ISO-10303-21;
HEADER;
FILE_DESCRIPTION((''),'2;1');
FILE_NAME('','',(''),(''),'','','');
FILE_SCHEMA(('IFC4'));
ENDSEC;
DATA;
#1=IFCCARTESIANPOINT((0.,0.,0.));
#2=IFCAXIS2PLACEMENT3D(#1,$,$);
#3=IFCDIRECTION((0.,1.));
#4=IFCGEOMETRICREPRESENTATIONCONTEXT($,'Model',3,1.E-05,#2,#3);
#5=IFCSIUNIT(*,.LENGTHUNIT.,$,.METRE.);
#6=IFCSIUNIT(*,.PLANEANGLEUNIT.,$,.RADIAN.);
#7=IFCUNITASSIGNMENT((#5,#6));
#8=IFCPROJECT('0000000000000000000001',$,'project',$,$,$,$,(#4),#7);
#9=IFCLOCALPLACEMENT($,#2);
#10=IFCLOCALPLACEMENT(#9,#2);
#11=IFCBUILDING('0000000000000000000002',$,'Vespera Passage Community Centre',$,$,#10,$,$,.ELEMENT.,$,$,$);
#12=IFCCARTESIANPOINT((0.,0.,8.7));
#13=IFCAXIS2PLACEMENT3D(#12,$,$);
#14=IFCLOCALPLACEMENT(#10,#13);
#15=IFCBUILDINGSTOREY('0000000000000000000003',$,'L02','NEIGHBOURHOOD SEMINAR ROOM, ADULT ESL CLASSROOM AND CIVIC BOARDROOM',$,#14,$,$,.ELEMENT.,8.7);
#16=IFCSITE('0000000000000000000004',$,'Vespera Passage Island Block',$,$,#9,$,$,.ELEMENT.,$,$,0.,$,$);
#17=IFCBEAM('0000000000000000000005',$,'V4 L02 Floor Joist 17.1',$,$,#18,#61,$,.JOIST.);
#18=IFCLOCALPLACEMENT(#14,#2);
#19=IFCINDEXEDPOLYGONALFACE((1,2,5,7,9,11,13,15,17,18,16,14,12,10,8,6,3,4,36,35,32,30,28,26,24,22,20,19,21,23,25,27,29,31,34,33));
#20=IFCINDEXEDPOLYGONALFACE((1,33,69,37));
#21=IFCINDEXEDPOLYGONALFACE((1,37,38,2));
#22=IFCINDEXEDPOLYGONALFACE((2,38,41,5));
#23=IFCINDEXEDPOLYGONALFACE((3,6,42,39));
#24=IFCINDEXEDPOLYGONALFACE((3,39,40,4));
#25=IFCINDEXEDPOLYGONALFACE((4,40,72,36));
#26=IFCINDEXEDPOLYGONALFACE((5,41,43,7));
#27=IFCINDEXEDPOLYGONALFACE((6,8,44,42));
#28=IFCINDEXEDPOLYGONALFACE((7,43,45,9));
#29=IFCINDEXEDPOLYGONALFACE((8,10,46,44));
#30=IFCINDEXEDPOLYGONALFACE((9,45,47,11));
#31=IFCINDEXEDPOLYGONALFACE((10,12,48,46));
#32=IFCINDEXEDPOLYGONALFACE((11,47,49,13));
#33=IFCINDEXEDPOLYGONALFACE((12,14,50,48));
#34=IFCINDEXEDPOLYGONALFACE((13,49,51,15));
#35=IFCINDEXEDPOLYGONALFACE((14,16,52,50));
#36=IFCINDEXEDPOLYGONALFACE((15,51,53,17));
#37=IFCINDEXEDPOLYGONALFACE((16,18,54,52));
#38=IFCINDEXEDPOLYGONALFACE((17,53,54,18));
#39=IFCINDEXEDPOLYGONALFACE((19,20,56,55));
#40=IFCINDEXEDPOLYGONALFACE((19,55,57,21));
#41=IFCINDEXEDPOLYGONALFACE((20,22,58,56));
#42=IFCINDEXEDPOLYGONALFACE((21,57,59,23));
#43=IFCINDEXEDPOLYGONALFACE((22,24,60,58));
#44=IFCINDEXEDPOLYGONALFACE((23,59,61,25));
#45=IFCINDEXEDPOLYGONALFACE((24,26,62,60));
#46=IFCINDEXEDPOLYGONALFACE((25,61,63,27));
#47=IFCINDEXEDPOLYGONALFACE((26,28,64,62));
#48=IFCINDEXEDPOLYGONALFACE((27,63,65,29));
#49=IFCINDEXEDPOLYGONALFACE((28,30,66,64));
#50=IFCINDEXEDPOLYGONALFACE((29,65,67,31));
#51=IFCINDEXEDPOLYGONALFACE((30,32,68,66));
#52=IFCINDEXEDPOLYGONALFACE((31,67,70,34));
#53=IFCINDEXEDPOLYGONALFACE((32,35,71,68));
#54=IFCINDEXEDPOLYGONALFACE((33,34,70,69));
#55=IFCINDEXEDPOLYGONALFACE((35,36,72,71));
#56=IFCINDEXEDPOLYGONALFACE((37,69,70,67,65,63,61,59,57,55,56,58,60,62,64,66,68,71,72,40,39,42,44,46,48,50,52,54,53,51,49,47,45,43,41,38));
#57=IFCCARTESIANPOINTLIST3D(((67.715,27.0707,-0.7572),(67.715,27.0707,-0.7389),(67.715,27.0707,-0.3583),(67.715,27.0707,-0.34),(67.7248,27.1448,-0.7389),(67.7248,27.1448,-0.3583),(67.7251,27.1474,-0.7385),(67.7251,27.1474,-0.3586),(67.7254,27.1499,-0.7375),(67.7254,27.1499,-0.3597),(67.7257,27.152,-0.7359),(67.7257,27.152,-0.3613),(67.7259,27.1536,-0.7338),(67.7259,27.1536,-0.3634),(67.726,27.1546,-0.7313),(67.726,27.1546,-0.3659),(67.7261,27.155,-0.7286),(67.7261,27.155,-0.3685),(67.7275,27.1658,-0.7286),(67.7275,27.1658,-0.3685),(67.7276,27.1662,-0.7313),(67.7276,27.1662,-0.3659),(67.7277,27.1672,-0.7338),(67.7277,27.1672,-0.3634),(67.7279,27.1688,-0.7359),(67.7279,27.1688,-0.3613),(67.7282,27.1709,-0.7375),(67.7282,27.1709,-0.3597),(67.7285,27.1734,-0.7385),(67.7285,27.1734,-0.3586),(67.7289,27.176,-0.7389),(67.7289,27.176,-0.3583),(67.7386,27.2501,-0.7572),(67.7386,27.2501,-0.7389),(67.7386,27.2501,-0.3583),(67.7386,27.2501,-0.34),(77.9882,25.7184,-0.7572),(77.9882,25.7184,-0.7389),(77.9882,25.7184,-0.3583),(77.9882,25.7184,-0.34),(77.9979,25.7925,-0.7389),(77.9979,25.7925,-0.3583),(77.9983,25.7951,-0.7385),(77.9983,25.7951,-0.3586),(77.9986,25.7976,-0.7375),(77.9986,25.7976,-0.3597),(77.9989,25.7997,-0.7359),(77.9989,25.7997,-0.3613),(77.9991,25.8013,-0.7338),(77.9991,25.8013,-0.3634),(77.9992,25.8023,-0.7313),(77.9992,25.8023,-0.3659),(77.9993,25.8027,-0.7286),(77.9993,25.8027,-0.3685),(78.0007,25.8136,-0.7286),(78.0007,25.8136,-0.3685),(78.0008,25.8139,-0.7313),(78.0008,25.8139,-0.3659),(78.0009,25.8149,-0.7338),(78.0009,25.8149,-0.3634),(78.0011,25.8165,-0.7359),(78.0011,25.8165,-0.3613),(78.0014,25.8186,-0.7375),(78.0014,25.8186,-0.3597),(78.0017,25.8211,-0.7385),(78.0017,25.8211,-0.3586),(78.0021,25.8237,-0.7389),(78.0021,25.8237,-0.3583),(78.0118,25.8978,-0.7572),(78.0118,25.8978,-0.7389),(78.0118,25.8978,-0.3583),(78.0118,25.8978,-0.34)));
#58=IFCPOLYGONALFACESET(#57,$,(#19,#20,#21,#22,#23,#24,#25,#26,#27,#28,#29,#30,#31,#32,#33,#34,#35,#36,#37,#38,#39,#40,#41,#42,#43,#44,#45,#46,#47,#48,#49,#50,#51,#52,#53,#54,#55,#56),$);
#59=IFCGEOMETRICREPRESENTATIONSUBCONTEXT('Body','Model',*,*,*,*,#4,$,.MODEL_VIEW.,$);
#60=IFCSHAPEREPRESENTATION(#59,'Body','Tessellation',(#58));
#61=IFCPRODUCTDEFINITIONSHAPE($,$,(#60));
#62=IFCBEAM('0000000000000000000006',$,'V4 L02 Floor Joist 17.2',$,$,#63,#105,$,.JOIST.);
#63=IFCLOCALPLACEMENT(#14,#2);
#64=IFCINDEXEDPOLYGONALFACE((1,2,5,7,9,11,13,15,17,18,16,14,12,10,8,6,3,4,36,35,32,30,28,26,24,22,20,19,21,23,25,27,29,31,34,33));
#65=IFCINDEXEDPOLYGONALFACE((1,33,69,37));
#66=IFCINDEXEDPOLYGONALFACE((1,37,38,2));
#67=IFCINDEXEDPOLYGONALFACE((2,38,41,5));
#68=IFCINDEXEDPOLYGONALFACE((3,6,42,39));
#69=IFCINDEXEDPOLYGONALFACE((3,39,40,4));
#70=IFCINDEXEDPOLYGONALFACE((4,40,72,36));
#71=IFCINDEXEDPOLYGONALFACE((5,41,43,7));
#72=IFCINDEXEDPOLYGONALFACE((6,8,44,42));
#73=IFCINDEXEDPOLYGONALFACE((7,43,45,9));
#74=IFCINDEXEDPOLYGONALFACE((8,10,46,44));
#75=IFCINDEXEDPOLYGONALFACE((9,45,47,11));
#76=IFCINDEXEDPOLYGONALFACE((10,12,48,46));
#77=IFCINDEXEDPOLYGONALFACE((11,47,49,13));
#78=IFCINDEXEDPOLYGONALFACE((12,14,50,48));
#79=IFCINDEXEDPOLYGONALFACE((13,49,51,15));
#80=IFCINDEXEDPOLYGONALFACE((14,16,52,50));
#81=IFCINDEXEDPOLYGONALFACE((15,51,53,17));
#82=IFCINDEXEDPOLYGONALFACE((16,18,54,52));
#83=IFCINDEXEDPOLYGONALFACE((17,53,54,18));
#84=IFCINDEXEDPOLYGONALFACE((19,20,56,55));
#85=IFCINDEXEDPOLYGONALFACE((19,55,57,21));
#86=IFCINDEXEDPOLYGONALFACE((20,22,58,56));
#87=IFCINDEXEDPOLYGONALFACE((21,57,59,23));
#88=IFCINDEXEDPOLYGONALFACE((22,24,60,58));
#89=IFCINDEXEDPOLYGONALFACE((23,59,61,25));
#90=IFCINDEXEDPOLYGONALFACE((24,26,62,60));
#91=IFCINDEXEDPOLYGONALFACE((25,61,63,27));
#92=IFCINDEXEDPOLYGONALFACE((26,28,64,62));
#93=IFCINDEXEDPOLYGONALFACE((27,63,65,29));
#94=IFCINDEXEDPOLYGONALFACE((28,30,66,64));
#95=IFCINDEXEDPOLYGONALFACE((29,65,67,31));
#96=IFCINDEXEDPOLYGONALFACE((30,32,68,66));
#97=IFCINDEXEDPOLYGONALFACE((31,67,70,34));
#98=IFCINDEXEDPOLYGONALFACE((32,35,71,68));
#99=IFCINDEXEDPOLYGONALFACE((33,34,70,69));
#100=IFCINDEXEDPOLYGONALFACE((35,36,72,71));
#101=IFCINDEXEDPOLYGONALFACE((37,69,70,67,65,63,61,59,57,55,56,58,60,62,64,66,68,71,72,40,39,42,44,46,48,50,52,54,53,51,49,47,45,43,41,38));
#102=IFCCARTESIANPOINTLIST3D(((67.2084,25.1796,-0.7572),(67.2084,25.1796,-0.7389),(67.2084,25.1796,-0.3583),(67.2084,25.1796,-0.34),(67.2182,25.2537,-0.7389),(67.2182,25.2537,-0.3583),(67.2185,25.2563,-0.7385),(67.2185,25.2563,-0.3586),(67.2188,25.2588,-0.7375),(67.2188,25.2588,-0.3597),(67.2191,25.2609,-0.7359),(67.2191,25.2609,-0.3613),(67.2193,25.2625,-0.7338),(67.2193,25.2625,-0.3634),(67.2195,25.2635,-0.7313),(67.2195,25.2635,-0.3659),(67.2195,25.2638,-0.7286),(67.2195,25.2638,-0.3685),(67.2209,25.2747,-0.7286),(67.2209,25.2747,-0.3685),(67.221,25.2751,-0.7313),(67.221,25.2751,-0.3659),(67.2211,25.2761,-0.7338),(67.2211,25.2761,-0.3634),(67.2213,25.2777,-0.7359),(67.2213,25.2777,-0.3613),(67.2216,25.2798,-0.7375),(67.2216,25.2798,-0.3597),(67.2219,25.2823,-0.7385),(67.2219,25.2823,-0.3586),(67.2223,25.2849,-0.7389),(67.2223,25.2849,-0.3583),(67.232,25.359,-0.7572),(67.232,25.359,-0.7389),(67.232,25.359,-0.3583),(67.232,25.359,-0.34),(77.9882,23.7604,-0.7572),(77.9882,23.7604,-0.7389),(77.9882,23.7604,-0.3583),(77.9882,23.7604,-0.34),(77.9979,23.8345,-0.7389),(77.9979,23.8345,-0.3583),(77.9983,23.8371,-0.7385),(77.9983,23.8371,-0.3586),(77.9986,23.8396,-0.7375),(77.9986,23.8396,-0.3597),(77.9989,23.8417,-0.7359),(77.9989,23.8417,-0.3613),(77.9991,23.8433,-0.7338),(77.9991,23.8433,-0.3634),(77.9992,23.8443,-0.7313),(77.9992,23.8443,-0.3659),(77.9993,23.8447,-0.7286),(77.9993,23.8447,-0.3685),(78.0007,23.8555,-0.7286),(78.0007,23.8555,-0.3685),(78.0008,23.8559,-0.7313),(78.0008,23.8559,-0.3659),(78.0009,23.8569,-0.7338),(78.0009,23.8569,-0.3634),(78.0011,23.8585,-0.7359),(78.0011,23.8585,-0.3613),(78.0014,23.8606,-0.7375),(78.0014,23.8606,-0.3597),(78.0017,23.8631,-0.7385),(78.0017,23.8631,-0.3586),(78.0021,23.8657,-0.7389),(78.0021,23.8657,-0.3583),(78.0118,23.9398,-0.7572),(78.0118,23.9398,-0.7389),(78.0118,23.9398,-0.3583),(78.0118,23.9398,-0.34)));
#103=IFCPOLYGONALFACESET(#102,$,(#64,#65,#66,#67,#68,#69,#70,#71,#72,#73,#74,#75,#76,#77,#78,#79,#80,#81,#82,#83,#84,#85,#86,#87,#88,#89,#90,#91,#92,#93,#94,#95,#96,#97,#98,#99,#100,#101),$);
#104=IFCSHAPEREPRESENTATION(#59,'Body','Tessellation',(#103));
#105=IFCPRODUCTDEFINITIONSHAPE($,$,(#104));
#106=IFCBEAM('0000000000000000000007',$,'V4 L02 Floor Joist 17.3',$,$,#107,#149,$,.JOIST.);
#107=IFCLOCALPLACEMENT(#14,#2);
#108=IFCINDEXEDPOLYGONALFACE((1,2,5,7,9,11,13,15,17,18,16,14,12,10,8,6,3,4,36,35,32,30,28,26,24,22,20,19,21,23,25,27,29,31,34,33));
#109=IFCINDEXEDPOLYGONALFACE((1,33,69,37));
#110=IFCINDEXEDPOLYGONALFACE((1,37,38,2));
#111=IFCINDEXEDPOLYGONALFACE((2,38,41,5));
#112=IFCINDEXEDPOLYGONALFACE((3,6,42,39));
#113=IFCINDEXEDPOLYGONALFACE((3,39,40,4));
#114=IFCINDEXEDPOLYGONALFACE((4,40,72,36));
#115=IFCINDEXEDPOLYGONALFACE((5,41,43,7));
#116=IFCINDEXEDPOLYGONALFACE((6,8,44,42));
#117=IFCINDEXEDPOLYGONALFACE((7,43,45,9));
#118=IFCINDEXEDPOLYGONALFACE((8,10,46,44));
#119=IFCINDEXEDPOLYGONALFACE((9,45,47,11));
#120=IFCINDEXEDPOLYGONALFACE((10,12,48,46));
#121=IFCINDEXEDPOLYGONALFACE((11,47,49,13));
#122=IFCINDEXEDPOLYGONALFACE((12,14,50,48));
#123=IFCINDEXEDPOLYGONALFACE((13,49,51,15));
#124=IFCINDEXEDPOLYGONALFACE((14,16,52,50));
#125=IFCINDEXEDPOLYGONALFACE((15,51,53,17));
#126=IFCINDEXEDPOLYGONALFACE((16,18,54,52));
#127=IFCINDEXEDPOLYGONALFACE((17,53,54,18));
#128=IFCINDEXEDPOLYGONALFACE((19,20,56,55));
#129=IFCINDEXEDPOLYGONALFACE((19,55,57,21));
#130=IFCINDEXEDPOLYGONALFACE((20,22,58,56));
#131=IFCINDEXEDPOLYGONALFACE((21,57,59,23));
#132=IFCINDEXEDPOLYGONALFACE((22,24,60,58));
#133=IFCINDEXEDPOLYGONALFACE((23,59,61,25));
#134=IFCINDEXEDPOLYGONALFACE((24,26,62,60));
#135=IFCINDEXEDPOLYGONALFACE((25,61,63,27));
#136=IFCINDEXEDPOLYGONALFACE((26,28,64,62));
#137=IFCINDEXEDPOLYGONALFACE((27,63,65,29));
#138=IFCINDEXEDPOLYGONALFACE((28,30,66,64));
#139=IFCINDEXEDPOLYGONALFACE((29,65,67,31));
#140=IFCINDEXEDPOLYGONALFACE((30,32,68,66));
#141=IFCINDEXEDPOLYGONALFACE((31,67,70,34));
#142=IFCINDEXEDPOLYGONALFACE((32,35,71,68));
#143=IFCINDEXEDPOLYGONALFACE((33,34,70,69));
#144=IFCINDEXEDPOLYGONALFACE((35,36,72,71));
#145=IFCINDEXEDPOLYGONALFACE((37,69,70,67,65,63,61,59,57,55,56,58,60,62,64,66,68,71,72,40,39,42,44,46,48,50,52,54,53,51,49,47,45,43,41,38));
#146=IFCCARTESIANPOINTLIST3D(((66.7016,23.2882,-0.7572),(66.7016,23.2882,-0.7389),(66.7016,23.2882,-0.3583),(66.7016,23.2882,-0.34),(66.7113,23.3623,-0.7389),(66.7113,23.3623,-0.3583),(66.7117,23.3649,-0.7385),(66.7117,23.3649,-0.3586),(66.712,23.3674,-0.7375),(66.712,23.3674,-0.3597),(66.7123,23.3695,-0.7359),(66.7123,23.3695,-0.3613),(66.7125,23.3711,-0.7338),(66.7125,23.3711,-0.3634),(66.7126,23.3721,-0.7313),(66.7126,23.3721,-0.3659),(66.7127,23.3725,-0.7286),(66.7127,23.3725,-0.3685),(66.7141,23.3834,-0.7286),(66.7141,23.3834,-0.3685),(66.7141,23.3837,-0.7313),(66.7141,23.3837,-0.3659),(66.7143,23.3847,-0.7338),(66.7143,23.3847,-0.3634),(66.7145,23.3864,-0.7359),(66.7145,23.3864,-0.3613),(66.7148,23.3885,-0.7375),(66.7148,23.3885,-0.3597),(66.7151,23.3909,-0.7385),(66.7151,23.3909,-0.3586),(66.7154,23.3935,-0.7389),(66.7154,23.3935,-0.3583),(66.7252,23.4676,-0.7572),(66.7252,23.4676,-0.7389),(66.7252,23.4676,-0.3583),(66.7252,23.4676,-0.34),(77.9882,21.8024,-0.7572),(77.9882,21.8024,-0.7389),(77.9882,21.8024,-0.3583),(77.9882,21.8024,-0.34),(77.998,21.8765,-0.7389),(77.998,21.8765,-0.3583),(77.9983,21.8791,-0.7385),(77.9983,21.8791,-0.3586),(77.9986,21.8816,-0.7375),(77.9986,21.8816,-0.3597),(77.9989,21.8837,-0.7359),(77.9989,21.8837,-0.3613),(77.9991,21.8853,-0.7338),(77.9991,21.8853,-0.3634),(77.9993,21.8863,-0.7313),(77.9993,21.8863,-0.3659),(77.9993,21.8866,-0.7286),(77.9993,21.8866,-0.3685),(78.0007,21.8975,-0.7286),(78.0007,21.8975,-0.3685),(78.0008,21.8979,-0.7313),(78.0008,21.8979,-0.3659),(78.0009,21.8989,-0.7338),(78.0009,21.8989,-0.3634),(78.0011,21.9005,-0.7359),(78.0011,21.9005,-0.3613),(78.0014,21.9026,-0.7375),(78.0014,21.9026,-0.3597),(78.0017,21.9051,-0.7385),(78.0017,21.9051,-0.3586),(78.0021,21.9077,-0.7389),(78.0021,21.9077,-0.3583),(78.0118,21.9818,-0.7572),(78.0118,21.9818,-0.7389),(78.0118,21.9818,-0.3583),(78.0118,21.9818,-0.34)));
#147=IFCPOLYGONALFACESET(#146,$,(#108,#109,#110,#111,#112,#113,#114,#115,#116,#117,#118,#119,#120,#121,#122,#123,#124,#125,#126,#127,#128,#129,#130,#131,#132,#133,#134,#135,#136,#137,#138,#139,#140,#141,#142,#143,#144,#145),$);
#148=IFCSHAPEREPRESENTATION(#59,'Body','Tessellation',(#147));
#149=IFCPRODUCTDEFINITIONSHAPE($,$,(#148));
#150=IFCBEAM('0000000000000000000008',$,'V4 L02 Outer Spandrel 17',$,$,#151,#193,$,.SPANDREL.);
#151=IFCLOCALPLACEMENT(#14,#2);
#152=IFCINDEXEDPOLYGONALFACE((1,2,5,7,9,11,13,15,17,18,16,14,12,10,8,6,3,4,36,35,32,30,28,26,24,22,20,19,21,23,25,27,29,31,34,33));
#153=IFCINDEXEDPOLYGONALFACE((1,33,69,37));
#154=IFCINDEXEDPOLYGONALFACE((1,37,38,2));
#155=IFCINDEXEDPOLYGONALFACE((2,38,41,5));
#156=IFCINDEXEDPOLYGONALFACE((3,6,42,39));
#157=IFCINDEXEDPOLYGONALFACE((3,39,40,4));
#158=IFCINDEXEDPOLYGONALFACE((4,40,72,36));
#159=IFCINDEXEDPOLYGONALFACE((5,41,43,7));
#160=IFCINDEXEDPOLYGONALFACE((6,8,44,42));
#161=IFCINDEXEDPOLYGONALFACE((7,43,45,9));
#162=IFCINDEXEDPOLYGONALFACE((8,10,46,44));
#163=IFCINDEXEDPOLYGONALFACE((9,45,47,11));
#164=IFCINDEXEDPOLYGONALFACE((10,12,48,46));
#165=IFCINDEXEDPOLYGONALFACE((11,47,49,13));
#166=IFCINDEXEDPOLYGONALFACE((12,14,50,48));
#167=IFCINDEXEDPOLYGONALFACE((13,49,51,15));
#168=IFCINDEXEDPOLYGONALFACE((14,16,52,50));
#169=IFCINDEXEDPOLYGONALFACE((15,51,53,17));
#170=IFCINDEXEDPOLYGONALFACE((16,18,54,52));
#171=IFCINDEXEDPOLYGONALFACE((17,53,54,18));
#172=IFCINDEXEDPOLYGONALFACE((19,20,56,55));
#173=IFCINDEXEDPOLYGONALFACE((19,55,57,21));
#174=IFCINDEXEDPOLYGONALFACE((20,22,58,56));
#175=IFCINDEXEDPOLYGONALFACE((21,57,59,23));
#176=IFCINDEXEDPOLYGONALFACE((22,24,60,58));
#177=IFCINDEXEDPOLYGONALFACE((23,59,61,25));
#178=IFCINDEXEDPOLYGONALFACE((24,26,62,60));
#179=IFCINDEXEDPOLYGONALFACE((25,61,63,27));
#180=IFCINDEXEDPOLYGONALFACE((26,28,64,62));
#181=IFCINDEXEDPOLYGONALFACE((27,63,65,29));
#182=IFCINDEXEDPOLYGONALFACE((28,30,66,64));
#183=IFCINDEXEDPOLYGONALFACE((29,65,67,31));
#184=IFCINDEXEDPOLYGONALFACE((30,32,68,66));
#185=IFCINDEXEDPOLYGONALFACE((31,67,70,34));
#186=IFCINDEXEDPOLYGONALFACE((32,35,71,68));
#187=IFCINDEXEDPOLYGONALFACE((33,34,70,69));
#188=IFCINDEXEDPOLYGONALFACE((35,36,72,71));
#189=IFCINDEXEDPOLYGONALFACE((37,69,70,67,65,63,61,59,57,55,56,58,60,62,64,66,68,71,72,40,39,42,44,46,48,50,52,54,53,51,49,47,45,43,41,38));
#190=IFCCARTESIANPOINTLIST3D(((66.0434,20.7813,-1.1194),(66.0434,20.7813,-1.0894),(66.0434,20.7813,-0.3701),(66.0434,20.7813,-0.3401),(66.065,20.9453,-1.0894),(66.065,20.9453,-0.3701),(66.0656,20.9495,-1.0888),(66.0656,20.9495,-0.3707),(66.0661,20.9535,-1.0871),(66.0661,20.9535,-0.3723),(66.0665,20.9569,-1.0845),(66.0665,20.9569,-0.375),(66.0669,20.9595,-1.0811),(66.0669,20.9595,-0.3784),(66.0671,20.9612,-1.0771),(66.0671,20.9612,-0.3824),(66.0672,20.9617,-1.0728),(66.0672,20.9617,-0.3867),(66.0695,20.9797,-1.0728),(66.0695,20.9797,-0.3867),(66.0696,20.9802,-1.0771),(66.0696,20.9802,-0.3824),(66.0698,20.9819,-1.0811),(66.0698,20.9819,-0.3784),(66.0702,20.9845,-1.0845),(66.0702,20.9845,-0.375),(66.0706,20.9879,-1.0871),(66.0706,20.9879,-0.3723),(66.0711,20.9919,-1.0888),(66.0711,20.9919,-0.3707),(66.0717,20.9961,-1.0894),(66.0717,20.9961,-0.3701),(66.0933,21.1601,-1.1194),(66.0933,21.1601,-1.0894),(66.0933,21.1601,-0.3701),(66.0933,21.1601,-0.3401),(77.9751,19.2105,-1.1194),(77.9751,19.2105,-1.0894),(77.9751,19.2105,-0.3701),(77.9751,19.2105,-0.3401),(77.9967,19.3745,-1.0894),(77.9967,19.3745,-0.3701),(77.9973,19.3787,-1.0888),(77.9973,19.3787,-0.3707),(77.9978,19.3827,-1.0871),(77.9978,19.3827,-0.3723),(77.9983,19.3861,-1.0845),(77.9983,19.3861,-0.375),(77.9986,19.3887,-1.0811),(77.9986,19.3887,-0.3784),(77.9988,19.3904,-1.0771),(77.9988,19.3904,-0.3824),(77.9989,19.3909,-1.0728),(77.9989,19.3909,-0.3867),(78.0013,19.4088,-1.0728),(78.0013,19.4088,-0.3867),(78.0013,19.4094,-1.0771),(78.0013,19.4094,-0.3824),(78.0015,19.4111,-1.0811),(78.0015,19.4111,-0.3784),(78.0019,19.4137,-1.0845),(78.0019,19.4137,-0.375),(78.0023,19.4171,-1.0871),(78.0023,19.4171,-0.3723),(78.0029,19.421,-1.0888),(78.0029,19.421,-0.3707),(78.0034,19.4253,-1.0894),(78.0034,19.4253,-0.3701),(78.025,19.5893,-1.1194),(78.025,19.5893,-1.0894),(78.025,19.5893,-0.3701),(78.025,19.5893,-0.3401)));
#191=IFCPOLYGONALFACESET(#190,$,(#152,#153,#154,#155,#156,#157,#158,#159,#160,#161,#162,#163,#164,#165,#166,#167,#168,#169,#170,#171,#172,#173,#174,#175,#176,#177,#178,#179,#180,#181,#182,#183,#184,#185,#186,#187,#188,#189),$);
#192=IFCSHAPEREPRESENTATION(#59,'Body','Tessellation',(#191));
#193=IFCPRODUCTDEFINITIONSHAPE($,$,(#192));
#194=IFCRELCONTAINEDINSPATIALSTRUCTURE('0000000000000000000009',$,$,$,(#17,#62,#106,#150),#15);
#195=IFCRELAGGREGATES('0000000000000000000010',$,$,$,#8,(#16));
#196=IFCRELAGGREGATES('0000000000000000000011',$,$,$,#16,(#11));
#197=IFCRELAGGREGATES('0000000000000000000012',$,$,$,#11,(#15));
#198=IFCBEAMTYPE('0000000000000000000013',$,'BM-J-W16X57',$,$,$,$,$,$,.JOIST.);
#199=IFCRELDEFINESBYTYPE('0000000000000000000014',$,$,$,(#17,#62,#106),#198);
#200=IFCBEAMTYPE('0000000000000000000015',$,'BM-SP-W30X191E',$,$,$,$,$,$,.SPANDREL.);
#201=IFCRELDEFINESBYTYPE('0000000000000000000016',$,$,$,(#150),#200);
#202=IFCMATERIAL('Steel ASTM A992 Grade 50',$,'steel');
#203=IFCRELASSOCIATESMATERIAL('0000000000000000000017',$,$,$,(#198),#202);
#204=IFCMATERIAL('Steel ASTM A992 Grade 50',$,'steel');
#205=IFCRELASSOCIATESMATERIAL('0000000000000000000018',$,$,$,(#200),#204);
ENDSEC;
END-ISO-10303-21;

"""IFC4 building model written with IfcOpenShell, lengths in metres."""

from ifc_helpers import new_model, si_unit, direction, frame, origin, origin_2d, place, context, subcontext, project, spatial, i_section, extrude, material, material_profile, profile_set, type_object, element, save


model = new_model("IFC4")

# Units and contexts
model_context = context("Model", 3, precision=1e-05, world=origin(), true_north=direction((0.0, 1.0)))
body_context = subcontext(model_context, "Body", "Model", "MODEL_VIEW")
ifc_project = project(units=[si_unit("LENGTHUNIT", "METRE"), si_unit("PLANEANGLEUNIT", "RADIAN")], contexts=[model_context])

# Site, building, storey
site_placement = place(None, origin())
site = spatial("IfcSite", under=ifc_project, at=site_placement, Name="Vespera Passage Island Block", CompositionType="ELEMENT", RefElevation=0.0)
building_placement = place(site_placement, origin())
building = spatial("IfcBuilding", under=site, at=building_placement, Name="Vespera Passage Community Centre", CompositionType="ELEMENT")
storey_placement = place(building_placement, frame((0.0, 0.0, 8.7)))
storey = spatial("IfcBuildingStorey", under=building, at=storey_placement, Name="L02", Description="NEIGHBOURHOOD SEMINAR ROOM, ADULT ESL CLASSROOM AND CIVIC BOARDROOM", CompositionType="ELEMENT", Elevation=8.7)

# Beams
ifc_material_1 = material(Name="Steel ASTM A992 Grade 50", Category="steel")
ifc_material_profile_1 = material_profile(ifc_material_1, i_section(OverallWidth=0.1809, OverallDepth=0.4172, WebThickness=0.011, FlangeThickness=0.0183, FilletRadius=0.0103, at=origin_2d()), Name="W16X57")
ifc_profile_set_1 = profile_set([ifc_material_profile_1], Name="Steel ASTM A992 Grade 50")
beam_type_1 = type_object("IfcBeamType", Name="BM-J-W16X57", PredefinedType="JOIST", material=ifc_profile_set_1)
beam_1_placement = place(storey_placement, frame((67.7268, 27.1604, -0.5486), z_axis=(0.991447, -0.130508, 0.0), x_axis=(0.130508, 0.991447, 0.0)))
element("IfcBeam", 1, at=beam_1_placement, inside=storey, type_object=beam_type_1, Name="V4 L02 Floor Joist 17.1", PredefinedType="JOIST", context=body_context, shape_type="SweptSolid", body=[
    extrude(i_section(OverallWidth=0.1809, OverallDepth=0.4172, WebThickness=0.011, FlangeThickness=0.0183, FilletRadius=0.0103, at=origin_2d()), origin(), (0.0, 0.0, 1.0), 10.3618),
])
beam_2_placement = place(storey_placement, frame((67.2202, 25.2693, -0.5486), z_axis=(0.991445, -0.130527, 0.0), x_axis=(0.130527, 0.991445, 0.0)))
element("IfcBeam", 2, at=beam_2_placement, inside=storey, type_object=beam_type_1, Name="V4 L02 Floor Joist 17.2", PredefinedType="JOIST", context=body_context, shape_type="SweptSolid", body=[
    extrude(i_section(OverallWidth=0.1809, OverallDepth=0.4172, WebThickness=0.011, FlangeThickness=0.0183, FilletRadius=0.0103, at=origin_2d()), origin(), (0.0, 0.0, 1.0), 10.8728),
])
beam_3_placement = place(storey_placement, frame((66.7134, 23.3779, -0.5486), z_axis=(0.991446, -0.13052, 0.0), x_axis=(0.13052, 0.991446, 0.0)))
element("IfcBeam", 3, at=beam_3_placement, inside=storey, type_object=beam_type_1, Name="V4 L02 Floor Joist 17.3", PredefinedType="JOIST", context=body_context, shape_type="SweptSolid", body=[
    extrude(i_section(OverallWidth=0.1809, OverallDepth=0.4172, WebThickness=0.011, FlangeThickness=0.0183, FilletRadius=0.0103, at=origin_2d()), origin(), (0.0, 0.0, 1.0), 11.384),
])
ifc_material_2 = material(Name="Steel ASTM A992 Grade 50", Category="steel")
ifc_material_profile_2 = material_profile(ifc_material_2, i_section(OverallWidth=0.3821, OverallDepth=0.7793, WebThickness=0.0181, FlangeThickness=0.03, FilletRadius=0.0166, at=origin_2d()), Name="W30X191")
ifc_profile_set_2 = profile_set([ifc_material_profile_2], Name="Steel ASTM A992 Grade 50")
beam_type_2 = type_object("IfcBeamType", Name="BM-SP-W30X191E", PredefinedType="SPANDREL", material=ifc_profile_set_2)
beam_4_placement = place(storey_placement, frame((66.0684, 20.9707, -0.7297), z_axis=(0.991445, -0.130524, 0.0), x_axis=(0.130524, 0.991445, 0.0)))
element("IfcBeam", 4, at=beam_4_placement, inside=storey, type_object=beam_type_2, Name="V4 L02 Outer Spandrel 17", PredefinedType="SPANDREL", context=body_context, shape_type="SweptSolid", body=[
    extrude(i_section(OverallWidth=0.3821, OverallDepth=0.7793, WebThickness=0.0181, FlangeThickness=0.03, FilletRadius=0.0166, at=origin_2d()), origin(), (0.0, 0.0, 1.0), 12.0347),
])

save(model, "model.ifc")
